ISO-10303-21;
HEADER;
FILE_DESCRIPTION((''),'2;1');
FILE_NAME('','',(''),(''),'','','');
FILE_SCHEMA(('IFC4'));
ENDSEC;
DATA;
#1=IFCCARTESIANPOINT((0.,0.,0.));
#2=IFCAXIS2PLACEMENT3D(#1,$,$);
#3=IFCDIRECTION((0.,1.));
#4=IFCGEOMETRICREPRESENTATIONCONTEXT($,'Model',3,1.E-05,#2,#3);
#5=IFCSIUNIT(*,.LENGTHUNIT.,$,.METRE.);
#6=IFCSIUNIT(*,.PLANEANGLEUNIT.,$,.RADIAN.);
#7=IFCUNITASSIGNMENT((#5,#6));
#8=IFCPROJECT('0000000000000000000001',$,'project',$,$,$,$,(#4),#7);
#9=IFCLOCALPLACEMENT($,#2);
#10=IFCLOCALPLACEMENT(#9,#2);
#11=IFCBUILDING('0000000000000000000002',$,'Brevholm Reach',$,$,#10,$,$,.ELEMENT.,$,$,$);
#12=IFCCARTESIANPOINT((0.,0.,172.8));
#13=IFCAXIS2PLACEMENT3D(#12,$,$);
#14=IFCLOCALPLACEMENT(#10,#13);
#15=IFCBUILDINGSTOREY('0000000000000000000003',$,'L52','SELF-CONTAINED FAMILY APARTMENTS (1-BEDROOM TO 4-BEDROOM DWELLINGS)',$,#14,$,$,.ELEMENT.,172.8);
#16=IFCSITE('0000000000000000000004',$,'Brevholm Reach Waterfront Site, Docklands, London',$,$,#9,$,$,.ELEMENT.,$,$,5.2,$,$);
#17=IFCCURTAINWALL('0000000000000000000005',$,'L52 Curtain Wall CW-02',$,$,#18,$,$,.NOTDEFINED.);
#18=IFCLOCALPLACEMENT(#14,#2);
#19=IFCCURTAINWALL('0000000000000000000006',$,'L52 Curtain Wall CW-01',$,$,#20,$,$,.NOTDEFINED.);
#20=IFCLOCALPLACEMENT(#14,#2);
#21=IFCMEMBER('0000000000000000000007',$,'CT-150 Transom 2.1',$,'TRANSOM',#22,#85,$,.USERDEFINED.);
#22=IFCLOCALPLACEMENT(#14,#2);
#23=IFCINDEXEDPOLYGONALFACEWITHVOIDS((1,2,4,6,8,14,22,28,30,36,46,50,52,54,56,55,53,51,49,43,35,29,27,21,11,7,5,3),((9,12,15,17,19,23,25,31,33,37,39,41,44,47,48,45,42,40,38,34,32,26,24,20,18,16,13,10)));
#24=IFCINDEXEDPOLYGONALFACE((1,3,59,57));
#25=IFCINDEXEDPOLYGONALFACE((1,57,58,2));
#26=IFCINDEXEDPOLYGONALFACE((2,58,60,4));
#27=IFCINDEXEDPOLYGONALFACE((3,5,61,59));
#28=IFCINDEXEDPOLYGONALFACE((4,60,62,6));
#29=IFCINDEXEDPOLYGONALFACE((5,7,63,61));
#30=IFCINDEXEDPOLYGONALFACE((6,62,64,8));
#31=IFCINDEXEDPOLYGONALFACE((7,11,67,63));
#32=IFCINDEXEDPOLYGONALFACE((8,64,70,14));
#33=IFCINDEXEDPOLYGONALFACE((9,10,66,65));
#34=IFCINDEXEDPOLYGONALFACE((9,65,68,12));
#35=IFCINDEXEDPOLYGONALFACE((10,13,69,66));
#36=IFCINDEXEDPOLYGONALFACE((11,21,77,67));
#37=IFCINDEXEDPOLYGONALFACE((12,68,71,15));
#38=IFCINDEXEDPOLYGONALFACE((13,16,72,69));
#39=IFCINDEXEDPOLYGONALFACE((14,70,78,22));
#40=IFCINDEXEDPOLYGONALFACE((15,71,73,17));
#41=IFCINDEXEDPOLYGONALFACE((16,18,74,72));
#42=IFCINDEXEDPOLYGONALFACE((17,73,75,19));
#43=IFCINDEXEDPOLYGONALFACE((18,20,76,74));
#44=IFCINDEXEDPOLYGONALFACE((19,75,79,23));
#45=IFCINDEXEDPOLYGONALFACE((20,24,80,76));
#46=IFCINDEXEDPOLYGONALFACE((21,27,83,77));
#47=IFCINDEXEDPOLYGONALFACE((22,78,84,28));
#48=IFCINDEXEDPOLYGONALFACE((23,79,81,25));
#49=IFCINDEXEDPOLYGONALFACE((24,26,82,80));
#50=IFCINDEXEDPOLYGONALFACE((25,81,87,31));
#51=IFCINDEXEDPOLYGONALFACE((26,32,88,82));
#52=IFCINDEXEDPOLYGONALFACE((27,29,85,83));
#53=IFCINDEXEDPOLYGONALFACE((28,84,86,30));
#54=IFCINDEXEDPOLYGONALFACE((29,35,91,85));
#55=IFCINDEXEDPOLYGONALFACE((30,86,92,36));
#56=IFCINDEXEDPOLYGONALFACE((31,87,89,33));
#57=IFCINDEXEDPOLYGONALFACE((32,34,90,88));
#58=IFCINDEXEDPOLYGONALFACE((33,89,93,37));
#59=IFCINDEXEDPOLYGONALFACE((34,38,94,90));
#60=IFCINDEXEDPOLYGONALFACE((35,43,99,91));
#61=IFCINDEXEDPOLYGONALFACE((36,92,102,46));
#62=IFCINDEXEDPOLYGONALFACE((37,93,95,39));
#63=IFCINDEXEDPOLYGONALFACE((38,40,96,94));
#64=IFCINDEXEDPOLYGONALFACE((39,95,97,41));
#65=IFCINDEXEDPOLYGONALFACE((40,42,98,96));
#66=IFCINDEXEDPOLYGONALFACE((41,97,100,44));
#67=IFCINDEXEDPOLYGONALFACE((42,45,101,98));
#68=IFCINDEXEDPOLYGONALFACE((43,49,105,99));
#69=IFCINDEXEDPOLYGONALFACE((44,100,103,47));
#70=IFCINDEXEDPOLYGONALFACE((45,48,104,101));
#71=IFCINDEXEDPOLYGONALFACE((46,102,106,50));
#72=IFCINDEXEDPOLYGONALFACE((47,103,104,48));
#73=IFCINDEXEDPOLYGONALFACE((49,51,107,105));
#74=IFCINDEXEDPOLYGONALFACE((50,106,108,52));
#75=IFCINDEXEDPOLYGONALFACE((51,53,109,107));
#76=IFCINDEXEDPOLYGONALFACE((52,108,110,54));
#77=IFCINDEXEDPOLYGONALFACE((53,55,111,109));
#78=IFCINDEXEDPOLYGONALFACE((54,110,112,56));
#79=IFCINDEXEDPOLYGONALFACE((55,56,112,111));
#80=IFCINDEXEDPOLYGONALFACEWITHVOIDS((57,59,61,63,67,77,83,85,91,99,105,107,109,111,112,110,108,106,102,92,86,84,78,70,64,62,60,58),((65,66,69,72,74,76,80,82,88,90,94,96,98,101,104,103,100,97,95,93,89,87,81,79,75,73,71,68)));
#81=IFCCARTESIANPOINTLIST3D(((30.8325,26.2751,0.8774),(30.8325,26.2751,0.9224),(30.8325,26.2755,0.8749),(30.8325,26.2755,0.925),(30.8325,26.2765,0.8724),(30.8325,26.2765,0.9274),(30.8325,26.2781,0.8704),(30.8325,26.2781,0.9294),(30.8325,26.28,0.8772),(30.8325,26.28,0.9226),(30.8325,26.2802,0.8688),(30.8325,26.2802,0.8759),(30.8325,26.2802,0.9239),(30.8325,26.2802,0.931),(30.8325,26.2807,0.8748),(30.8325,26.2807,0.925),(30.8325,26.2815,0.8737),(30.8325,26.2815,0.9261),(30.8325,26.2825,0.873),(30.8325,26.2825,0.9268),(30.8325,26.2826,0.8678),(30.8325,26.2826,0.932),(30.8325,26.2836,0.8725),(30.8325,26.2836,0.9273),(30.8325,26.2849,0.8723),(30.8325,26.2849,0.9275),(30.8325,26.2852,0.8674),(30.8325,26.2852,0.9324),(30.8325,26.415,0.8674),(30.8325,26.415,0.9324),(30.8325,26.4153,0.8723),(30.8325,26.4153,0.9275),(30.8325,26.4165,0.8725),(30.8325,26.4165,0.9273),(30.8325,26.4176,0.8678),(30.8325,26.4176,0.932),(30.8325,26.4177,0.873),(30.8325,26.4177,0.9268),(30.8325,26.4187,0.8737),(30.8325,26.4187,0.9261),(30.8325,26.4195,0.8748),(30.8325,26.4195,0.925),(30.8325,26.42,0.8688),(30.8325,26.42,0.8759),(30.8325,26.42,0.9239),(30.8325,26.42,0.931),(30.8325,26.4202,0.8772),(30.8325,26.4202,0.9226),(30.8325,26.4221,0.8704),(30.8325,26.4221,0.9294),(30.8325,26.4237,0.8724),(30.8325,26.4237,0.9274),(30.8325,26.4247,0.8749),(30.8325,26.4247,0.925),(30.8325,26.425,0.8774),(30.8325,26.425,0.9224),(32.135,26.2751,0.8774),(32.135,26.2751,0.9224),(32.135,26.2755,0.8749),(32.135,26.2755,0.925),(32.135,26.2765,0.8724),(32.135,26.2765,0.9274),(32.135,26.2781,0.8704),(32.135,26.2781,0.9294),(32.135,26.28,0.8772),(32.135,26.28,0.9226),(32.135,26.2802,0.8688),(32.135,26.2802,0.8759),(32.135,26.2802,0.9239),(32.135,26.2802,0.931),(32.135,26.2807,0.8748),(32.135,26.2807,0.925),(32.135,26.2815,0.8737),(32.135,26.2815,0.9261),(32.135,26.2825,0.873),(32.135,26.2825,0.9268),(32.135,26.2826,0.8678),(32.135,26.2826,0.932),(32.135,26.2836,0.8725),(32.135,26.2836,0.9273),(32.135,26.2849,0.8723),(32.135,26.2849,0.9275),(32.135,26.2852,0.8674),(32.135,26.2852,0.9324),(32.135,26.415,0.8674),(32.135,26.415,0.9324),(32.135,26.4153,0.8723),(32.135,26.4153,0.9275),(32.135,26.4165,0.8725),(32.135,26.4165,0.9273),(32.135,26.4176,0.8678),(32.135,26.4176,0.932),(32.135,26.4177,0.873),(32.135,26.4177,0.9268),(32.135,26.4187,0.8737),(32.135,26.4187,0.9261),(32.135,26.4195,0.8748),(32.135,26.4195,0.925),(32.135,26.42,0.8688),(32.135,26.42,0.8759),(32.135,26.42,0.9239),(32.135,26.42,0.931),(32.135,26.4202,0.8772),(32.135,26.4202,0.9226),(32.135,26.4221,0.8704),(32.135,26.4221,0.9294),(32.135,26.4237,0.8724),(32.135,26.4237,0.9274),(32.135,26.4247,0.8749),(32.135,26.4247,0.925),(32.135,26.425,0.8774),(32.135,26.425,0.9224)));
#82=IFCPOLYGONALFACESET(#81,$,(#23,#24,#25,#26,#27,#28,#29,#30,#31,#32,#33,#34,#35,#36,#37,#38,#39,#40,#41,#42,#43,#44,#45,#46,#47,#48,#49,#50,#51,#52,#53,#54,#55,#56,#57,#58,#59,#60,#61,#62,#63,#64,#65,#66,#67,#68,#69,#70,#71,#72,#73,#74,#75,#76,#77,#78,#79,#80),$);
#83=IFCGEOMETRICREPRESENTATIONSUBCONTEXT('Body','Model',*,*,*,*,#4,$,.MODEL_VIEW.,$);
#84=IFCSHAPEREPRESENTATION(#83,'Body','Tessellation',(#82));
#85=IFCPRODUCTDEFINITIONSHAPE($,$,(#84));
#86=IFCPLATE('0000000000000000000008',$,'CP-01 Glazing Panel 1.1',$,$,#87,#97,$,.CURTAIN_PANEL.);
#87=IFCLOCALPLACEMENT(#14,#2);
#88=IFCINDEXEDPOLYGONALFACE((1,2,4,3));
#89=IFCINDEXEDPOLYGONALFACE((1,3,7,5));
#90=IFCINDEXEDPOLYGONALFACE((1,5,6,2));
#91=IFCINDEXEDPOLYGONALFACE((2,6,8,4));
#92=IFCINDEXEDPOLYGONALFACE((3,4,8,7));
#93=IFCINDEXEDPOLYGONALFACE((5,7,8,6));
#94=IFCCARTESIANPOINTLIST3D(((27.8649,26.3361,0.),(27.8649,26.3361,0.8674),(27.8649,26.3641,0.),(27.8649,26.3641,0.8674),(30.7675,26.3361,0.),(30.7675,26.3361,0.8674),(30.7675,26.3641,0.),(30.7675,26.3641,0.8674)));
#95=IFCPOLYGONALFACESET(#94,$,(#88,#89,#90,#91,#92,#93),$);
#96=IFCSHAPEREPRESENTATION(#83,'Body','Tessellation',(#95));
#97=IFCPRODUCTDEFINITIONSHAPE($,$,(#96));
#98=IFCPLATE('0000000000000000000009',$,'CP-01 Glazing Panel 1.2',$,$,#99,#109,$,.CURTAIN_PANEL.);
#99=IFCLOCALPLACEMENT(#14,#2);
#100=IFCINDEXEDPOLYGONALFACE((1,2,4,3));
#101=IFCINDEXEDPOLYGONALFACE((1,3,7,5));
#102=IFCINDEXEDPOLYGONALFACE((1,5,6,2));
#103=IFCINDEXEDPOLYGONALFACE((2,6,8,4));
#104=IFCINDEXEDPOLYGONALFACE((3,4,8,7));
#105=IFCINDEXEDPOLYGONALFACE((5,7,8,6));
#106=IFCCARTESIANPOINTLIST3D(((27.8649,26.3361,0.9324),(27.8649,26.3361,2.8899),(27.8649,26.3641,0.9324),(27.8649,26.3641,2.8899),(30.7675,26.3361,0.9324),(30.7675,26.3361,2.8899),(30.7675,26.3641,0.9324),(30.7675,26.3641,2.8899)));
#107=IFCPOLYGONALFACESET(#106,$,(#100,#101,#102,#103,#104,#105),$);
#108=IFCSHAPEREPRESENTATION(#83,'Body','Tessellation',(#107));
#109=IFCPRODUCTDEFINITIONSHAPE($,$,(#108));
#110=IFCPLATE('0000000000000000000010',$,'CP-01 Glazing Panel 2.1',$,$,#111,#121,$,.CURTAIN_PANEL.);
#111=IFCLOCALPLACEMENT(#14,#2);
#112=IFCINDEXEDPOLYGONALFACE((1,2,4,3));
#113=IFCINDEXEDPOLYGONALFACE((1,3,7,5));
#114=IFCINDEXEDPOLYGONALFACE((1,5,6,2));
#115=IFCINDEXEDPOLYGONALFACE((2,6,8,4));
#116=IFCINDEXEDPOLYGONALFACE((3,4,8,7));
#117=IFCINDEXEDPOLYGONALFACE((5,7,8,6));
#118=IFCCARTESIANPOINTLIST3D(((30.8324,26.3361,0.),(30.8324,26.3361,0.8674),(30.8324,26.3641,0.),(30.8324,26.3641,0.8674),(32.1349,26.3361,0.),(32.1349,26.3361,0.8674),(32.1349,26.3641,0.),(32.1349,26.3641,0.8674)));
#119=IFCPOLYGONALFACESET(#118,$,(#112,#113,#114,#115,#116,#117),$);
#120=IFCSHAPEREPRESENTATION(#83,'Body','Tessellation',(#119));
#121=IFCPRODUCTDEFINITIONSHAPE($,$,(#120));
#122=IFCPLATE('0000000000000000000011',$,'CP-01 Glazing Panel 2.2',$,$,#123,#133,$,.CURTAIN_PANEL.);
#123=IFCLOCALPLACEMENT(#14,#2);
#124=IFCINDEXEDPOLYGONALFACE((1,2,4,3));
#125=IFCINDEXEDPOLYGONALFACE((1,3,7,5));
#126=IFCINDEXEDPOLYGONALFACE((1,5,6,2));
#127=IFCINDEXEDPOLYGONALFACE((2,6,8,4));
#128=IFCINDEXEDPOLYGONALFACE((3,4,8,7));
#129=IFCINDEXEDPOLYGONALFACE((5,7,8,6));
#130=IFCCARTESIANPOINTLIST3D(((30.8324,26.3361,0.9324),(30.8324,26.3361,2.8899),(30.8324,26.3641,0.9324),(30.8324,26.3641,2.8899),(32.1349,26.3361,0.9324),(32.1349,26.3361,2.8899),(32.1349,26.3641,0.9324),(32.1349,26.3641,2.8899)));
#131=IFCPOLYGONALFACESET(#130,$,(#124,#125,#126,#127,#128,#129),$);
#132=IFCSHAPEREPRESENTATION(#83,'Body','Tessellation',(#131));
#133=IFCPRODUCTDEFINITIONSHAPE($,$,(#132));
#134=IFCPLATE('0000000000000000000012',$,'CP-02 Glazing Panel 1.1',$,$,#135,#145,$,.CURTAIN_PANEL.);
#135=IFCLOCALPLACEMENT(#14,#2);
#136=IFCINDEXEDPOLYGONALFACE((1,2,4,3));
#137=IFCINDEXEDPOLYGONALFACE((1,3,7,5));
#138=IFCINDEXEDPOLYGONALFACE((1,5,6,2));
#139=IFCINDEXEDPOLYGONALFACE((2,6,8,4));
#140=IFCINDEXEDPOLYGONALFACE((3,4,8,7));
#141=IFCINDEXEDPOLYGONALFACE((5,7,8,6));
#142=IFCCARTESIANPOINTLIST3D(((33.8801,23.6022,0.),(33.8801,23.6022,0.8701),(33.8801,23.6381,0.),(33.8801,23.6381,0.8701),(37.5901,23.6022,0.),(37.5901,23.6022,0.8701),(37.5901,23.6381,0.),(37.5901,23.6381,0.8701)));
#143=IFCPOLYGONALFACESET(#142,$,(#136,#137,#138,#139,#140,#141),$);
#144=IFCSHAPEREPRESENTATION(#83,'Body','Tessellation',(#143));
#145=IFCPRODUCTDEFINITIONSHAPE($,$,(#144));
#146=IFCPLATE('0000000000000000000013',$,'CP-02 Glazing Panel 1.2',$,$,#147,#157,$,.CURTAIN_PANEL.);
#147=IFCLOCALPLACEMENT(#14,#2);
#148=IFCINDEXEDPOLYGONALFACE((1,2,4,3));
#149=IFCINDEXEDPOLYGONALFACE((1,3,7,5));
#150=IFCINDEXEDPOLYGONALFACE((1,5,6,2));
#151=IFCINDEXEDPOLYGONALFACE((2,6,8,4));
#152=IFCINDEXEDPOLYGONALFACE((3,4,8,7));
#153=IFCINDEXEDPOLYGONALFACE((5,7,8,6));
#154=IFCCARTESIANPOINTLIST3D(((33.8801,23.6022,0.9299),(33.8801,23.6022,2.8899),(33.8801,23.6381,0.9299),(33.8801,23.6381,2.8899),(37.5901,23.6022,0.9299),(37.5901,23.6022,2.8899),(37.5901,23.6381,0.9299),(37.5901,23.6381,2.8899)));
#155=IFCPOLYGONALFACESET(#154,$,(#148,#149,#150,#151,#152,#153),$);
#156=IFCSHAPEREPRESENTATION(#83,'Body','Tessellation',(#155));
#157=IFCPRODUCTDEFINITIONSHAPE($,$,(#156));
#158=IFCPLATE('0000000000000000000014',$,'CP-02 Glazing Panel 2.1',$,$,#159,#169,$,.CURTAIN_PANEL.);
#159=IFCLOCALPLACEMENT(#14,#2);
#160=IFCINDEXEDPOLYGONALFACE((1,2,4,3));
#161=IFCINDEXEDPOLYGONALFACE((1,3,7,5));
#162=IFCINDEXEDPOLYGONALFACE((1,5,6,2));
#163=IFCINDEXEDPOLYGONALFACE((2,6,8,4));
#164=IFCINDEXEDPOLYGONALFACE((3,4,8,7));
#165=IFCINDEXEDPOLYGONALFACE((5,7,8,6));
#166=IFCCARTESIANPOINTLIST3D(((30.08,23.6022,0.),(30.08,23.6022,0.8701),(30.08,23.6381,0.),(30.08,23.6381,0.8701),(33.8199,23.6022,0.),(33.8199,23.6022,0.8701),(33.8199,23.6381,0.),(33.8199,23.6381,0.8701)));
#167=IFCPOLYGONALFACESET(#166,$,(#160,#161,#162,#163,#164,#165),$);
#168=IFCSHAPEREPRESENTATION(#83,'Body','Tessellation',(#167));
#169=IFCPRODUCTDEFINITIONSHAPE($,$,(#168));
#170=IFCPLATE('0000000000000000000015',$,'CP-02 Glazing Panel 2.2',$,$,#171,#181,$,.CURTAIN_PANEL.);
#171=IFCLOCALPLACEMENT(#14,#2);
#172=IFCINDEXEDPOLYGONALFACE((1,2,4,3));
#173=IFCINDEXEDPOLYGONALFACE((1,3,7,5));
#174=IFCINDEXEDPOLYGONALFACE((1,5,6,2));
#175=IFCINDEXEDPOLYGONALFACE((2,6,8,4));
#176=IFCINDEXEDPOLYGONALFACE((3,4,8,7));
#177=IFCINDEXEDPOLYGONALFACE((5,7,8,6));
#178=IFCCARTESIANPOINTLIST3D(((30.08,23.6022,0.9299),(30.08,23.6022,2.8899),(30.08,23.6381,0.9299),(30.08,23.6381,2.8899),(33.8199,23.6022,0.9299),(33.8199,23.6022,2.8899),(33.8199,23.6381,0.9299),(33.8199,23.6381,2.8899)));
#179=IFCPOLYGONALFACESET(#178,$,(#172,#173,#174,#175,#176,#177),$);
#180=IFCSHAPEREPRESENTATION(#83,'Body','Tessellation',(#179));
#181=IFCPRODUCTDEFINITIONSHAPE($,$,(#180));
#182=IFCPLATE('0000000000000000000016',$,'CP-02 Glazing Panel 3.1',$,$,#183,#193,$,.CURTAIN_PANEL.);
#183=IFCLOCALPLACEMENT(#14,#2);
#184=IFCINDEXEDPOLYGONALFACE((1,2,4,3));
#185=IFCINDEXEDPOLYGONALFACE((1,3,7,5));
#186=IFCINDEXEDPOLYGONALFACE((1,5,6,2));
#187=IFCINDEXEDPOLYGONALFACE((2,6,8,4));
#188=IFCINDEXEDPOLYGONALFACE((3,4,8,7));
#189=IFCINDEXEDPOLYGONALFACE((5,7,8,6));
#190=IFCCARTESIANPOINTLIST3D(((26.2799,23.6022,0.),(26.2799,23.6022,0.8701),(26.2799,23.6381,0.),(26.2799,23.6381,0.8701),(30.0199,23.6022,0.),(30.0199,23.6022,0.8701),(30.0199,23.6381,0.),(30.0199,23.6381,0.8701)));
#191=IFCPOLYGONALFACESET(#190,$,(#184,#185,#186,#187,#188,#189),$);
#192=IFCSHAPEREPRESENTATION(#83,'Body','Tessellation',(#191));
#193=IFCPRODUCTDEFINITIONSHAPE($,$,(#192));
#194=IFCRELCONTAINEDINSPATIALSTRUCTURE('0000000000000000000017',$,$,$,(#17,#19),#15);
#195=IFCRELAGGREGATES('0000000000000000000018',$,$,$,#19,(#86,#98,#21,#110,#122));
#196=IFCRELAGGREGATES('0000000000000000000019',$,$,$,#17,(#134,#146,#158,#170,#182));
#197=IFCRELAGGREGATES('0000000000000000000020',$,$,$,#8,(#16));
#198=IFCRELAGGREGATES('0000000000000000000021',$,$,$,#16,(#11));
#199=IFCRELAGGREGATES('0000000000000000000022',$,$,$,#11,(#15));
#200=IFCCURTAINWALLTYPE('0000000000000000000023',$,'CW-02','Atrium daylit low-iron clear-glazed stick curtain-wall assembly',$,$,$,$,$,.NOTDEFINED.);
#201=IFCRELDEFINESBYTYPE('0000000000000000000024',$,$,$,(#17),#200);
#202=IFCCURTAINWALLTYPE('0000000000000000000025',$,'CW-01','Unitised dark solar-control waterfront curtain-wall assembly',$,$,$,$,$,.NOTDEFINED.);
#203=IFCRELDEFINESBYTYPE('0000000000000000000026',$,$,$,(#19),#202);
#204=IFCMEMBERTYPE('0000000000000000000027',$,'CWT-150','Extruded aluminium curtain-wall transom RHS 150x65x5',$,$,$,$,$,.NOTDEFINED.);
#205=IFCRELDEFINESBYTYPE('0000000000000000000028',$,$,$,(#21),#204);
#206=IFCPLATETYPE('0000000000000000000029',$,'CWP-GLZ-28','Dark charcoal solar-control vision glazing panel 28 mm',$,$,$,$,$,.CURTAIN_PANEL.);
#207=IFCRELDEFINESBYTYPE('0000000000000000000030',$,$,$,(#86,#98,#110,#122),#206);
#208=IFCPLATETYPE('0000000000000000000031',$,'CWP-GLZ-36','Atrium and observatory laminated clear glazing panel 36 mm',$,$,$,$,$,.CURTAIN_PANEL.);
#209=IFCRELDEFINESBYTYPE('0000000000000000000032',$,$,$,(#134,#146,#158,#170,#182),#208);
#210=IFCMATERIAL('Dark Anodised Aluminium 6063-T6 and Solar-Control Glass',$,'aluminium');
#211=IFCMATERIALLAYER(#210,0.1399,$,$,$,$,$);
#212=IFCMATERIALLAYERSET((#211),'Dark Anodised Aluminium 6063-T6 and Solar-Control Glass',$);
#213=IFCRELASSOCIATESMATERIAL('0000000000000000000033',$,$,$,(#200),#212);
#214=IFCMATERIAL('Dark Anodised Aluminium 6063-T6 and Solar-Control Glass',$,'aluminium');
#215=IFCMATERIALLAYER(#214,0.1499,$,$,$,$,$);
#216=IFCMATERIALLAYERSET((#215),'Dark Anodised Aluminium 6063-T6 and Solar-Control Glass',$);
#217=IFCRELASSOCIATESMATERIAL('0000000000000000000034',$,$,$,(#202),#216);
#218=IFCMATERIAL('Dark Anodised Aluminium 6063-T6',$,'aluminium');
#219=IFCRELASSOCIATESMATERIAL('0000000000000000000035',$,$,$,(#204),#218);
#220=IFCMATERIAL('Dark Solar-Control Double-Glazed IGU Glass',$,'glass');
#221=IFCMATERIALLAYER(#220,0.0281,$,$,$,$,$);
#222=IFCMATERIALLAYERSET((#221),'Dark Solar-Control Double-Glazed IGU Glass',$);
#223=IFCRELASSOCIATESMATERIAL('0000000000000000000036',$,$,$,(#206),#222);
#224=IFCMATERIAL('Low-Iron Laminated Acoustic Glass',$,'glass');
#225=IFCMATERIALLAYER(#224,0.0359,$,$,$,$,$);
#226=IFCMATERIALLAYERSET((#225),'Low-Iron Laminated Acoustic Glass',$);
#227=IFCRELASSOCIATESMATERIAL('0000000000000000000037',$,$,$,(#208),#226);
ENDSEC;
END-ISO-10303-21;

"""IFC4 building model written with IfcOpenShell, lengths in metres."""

from ifc_helpers import new_model, si_unit, direction, frame, origin, origin_2d, place, context, subcontext, project, spatial, rectangle, hollow_rectangle, extrude, material, layer, layer_set, material_profile, profile_set, type_object, element, aggregate, save


model = new_model("IFC4")

# Units and contexts
model_context = context("Model", 3, precision=1e-05, world=origin(), true_north=direction((0.0, 1.0)))
body_context = subcontext(model_context, "Body", "Model", "MODEL_VIEW")
ifc_project = project(units=[si_unit("LENGTHUNIT", "METRE"), si_unit("PLANEANGLEUNIT", "RADIAN")], contexts=[model_context])

# Site, building, storey
site_placement = place(None, origin())
site = spatial("IfcSite", under=ifc_project, at=site_placement, Name="Brevholm Reach Waterfront Site, Docklands, London", CompositionType="ELEMENT", RefElevation=5.2)
building_placement = place(site_placement, origin())
building = spatial("IfcBuilding", under=site, at=building_placement, Name="Brevholm Reach", CompositionType="ELEMENT")
storey_placement = place(building_placement, frame((0.0, 0.0, 172.8)))
storey = spatial("IfcBuildingStorey", under=building, at=storey_placement, Name="L52", Description="SELF-CONTAINED FAMILY APARTMENTS (1-BEDROOM TO 4-BEDROOM DWELLINGS)", CompositionType="ELEMENT", Elevation=172.8)

# Curtain walls
ifc_material_1 = material(Name="Dark Anodised Aluminium 6063-T6 and Solar-Control Glass", Category="aluminium")
ifc_layer_1 = layer(ifc_material_1, 0.1399)
ifc_layer_set_1 = layer_set([ifc_layer_1], Name="Dark Anodised Aluminium 6063-T6 and Solar-Control Glass")
curtain_wall_type_1 = type_object("IfcCurtainWallType", Name="CW-02", Description="Atrium daylit low-iron clear-glazed stick curtain-wall assembly", PredefinedType="NOTDEFINED", material=ifc_layer_set_1)
curtain_wall_1_placement = place(storey_placement, origin())
curtain_wall_1 = element("IfcCurtainWall", 1, at=curtain_wall_1_placement, inside=storey, type_object=curtain_wall_type_1, Name="L52 Curtain Wall CW-02", PredefinedType="NOTDEFINED")
ifc_material_2 = material(Name="Dark Anodised Aluminium 6063-T6 and Solar-Control Glass", Category="aluminium")
ifc_layer_2 = layer(ifc_material_2, 0.1499)
ifc_layer_set_2 = layer_set([ifc_layer_2], Name="Dark Anodised Aluminium 6063-T6 and Solar-Control Glass")
curtain_wall_type_2 = type_object("IfcCurtainWallType", Name="CW-01", Description="Unitised dark solar-control waterfront curtain-wall assembly", PredefinedType="NOTDEFINED", material=ifc_layer_set_2)
curtain_wall_2_placement = place(storey_placement, origin())
curtain_wall_2 = element("IfcCurtainWall", 2, at=curtain_wall_2_placement, inside=storey, type_object=curtain_wall_type_2, Name="L52 Curtain Wall CW-01", PredefinedType="NOTDEFINED")

# Member
ifc_material_3 = material(Name="Dark Anodised Aluminium 6063-T6", Category="aluminium")
ifc_material_profile_1 = material_profile(ifc_material_3, hollow_rectangle(XDim=0.0649, YDim=0.1499, WallThickness=0.0049, InnerFilletRadius=0.0049, OuterFilletRadius=0.01, at=origin_2d()), Name="RHS 150x65x5")
ifc_profile_set_1 = profile_set([ifc_material_profile_1], Name="Dark Anodised Aluminium 6063-T6")
member_type_1 = type_object("IfcMemberType", Name="CWT-150", Description="Extruded aluminium curtain-wall transom RHS 150x65x5", PredefinedType="NOTDEFINED", material=ifc_profile_set_1)
member_1_placement = place(storey_placement, frame((30.8325, 26.3501, 0.8999), z_axis=(1.0, 0.0, 0.0), x_axis=(0.0, 0.0, 1.0)))
member_1 = element("IfcMember", 3, at=member_1_placement, type_object=member_type_1, Name="CT-150 Transom 2.1", ObjectType="TRANSOM", PredefinedType="USERDEFINED", context=body_context, shape_type="SweptSolid", body=[
    extrude(hollow_rectangle(XDim=0.0649, YDim=0.1499, WallThickness=0.0049, InnerFilletRadius=0.0049, OuterFilletRadius=0.01, at=origin_2d()), origin(), (0.0, 0.0, 1.0), 1.3025),
])

# Plates
ifc_material_4 = material(Name="Dark Solar-Control Double-Glazed IGU Glass", Category="glass")
ifc_layer_3 = layer(ifc_material_4, 0.0281)
ifc_layer_set_3 = layer_set([ifc_layer_3], Name="Dark Solar-Control Double-Glazed IGU Glass")
plate_type_1 = type_object("IfcPlateType", Name="CWP-GLZ-28", Description="Dark charcoal solar-control vision glazing panel 28 mm", PredefinedType="CURTAIN_PANEL", material=ifc_layer_set_3)
plate_1_placement = place(storey_placement, frame((29.3162, 26.3501, 0.0), z_axis=(0.0, 0.0, 1.0), x_axis=(1.0, 0.0, 0.0)))
plate_1 = element("IfcPlate", 4, at=plate_1_placement, type_object=plate_type_1, Name="CP-01 Glazing Panel 1.1", PredefinedType="CURTAIN_PANEL", context=body_context, shape_type="SweptSolid", body=[
    extrude(rectangle(XDim=2.9026, YDim=0.0281, at=origin_2d()), origin(), (0.0, 0.0, 1.0), 0.8674),
])
plate_2_placement = place(storey_placement, frame((29.3162, 26.3501, 0.9324), z_axis=(0.0, 0.0, 1.0), x_axis=(1.0, 0.0, 0.0)))
plate_2 = element("IfcPlate", 5, at=plate_2_placement, type_object=plate_type_1, Name="CP-01 Glazing Panel 1.2", PredefinedType="CURTAIN_PANEL", context=body_context, shape_type="SweptSolid", body=[
    extrude(rectangle(XDim=2.9026, YDim=0.0281, at=origin_2d()), origin(), (0.0, 0.0, 1.0), 1.9575),
])
plate_3_placement = place(storey_placement, frame((31.4836, 26.3501, 0.0), z_axis=(0.0, 0.0, 1.0), x_axis=(1.0, 0.0, 0.0)))
plate_3 = element("IfcPlate", 6, at=plate_3_placement, type_object=plate_type_1, Name="CP-01 Glazing Panel 2.1", PredefinedType="CURTAIN_PANEL", context=body_context, shape_type="SweptSolid", body=[
    extrude(rectangle(XDim=1.3025, YDim=0.0281, at=origin_2d()), origin(), (0.0, 0.0, 1.0), 0.8674),
])
plate_4_placement = place(storey_placement, frame((31.4836, 26.3501, 0.9324), z_axis=(0.0, 0.0, 1.0), x_axis=(1.0, 0.0, 0.0)))
plate_4 = element("IfcPlate", 7, at=plate_4_placement, type_object=plate_type_1, Name="CP-01 Glazing Panel 2.2", PredefinedType="CURTAIN_PANEL", context=body_context, shape_type="SweptSolid", body=[
    extrude(rectangle(XDim=1.3025, YDim=0.0281, at=origin_2d()), origin(), (0.0, 0.0, 1.0), 1.9575),
])
aggregate(curtain_wall_2, [plate_1, plate_2, member_1, plate_3, plate_4])
ifc_material_5 = material(Name="Low-Iron Laminated Acoustic Glass", Category="glass")
ifc_layer_4 = layer(ifc_material_5, 0.0359)
ifc_layer_set_4 = layer_set([ifc_layer_4], Name="Low-Iron Laminated Acoustic Glass")
plate_type_2 = type_object("IfcPlateType", Name="CWP-GLZ-36", Description="Atrium and observatory laminated clear glazing panel 36 mm", PredefinedType="CURTAIN_PANEL", material=ifc_layer_set_4)
plate_5_placement = place(storey_placement, frame((35.7351, 23.6201, 0.0), z_axis=(0.0, 0.0, 1.0), x_axis=(-1.0, 0.0, 0.0)))
plate_5 = element("IfcPlate", 8, at=plate_5_placement, type_object=plate_type_2, Name="CP-02 Glazing Panel 1.1", PredefinedType="CURTAIN_PANEL", context=body_context, shape_type="SweptSolid", body=[
    extrude(rectangle(XDim=3.71, YDim=0.0359, at=origin_2d()), origin(), (0.0, 0.0, 1.0), 0.8701),
])
plate_6_placement = place(storey_placement, frame((35.7351, 23.6201, 0.9299), z_axis=(0.0, 0.0, 1.0), x_axis=(-1.0, 0.0, 0.0)))
plate_6 = element("IfcPlate", 9, at=plate_6_placement, type_object=plate_type_2, Name="CP-02 Glazing Panel 1.2", PredefinedType="CURTAIN_PANEL", context=body_context, shape_type="SweptSolid", body=[
    extrude(rectangle(XDim=3.71, YDim=0.0359, at=origin_2d()), origin(), (0.0, 0.0, 1.0), 1.96),
])
plate_7_placement = place(storey_placement, frame((31.95, 23.6201, 0.0), z_axis=(0.0, 0.0, 1.0), x_axis=(-1.0, 0.0, 0.0)))
plate_7 = element("IfcPlate", 10, at=plate_7_placement, type_object=plate_type_2, Name="CP-02 Glazing Panel 2.1", PredefinedType="CURTAIN_PANEL", context=body_context, shape_type="SweptSolid", body=[
    extrude(rectangle(XDim=3.74, YDim=0.0359, at=origin_2d()), origin(), (0.0, 0.0, 1.0), 0.8701),
])
plate_8_placement = place(storey_placement, frame((31.95, 23.6201, 0.9299), z_axis=(0.0, 0.0, 1.0), x_axis=(-1.0, 0.0, 0.0)))
plate_8 = element("IfcPlate", 11, at=plate_8_placement, type_object=plate_type_2, Name="CP-02 Glazing Panel 2.2", PredefinedType="CURTAIN_PANEL", context=body_context, shape_type="SweptSolid", body=[
    extrude(rectangle(XDim=3.74, YDim=0.0359, at=origin_2d()), origin(), (0.0, 0.0, 1.0), 1.96),
])
plate_9_placement = place(storey_placement, frame((28.1499, 23.6201, 0.0), z_axis=(0.0, 0.0, 1.0), x_axis=(-1.0, 0.0, 0.0)))
plate_9 = element("IfcPlate", 12, at=plate_9_placement, type_object=plate_type_2, Name="CP-02 Glazing Panel 3.1", PredefinedType="CURTAIN_PANEL", context=body_context, shape_type="SweptSolid", body=[
    extrude(rectangle(XDim=3.74, YDim=0.0359, at=origin_2d()), origin(), (0.0, 0.0, 1.0), 0.8701),
])
aggregate(curtain_wall_1, [plate_5, plate_6, plate_7, plate_8, plate_9])

save(model, "model.ifc")
